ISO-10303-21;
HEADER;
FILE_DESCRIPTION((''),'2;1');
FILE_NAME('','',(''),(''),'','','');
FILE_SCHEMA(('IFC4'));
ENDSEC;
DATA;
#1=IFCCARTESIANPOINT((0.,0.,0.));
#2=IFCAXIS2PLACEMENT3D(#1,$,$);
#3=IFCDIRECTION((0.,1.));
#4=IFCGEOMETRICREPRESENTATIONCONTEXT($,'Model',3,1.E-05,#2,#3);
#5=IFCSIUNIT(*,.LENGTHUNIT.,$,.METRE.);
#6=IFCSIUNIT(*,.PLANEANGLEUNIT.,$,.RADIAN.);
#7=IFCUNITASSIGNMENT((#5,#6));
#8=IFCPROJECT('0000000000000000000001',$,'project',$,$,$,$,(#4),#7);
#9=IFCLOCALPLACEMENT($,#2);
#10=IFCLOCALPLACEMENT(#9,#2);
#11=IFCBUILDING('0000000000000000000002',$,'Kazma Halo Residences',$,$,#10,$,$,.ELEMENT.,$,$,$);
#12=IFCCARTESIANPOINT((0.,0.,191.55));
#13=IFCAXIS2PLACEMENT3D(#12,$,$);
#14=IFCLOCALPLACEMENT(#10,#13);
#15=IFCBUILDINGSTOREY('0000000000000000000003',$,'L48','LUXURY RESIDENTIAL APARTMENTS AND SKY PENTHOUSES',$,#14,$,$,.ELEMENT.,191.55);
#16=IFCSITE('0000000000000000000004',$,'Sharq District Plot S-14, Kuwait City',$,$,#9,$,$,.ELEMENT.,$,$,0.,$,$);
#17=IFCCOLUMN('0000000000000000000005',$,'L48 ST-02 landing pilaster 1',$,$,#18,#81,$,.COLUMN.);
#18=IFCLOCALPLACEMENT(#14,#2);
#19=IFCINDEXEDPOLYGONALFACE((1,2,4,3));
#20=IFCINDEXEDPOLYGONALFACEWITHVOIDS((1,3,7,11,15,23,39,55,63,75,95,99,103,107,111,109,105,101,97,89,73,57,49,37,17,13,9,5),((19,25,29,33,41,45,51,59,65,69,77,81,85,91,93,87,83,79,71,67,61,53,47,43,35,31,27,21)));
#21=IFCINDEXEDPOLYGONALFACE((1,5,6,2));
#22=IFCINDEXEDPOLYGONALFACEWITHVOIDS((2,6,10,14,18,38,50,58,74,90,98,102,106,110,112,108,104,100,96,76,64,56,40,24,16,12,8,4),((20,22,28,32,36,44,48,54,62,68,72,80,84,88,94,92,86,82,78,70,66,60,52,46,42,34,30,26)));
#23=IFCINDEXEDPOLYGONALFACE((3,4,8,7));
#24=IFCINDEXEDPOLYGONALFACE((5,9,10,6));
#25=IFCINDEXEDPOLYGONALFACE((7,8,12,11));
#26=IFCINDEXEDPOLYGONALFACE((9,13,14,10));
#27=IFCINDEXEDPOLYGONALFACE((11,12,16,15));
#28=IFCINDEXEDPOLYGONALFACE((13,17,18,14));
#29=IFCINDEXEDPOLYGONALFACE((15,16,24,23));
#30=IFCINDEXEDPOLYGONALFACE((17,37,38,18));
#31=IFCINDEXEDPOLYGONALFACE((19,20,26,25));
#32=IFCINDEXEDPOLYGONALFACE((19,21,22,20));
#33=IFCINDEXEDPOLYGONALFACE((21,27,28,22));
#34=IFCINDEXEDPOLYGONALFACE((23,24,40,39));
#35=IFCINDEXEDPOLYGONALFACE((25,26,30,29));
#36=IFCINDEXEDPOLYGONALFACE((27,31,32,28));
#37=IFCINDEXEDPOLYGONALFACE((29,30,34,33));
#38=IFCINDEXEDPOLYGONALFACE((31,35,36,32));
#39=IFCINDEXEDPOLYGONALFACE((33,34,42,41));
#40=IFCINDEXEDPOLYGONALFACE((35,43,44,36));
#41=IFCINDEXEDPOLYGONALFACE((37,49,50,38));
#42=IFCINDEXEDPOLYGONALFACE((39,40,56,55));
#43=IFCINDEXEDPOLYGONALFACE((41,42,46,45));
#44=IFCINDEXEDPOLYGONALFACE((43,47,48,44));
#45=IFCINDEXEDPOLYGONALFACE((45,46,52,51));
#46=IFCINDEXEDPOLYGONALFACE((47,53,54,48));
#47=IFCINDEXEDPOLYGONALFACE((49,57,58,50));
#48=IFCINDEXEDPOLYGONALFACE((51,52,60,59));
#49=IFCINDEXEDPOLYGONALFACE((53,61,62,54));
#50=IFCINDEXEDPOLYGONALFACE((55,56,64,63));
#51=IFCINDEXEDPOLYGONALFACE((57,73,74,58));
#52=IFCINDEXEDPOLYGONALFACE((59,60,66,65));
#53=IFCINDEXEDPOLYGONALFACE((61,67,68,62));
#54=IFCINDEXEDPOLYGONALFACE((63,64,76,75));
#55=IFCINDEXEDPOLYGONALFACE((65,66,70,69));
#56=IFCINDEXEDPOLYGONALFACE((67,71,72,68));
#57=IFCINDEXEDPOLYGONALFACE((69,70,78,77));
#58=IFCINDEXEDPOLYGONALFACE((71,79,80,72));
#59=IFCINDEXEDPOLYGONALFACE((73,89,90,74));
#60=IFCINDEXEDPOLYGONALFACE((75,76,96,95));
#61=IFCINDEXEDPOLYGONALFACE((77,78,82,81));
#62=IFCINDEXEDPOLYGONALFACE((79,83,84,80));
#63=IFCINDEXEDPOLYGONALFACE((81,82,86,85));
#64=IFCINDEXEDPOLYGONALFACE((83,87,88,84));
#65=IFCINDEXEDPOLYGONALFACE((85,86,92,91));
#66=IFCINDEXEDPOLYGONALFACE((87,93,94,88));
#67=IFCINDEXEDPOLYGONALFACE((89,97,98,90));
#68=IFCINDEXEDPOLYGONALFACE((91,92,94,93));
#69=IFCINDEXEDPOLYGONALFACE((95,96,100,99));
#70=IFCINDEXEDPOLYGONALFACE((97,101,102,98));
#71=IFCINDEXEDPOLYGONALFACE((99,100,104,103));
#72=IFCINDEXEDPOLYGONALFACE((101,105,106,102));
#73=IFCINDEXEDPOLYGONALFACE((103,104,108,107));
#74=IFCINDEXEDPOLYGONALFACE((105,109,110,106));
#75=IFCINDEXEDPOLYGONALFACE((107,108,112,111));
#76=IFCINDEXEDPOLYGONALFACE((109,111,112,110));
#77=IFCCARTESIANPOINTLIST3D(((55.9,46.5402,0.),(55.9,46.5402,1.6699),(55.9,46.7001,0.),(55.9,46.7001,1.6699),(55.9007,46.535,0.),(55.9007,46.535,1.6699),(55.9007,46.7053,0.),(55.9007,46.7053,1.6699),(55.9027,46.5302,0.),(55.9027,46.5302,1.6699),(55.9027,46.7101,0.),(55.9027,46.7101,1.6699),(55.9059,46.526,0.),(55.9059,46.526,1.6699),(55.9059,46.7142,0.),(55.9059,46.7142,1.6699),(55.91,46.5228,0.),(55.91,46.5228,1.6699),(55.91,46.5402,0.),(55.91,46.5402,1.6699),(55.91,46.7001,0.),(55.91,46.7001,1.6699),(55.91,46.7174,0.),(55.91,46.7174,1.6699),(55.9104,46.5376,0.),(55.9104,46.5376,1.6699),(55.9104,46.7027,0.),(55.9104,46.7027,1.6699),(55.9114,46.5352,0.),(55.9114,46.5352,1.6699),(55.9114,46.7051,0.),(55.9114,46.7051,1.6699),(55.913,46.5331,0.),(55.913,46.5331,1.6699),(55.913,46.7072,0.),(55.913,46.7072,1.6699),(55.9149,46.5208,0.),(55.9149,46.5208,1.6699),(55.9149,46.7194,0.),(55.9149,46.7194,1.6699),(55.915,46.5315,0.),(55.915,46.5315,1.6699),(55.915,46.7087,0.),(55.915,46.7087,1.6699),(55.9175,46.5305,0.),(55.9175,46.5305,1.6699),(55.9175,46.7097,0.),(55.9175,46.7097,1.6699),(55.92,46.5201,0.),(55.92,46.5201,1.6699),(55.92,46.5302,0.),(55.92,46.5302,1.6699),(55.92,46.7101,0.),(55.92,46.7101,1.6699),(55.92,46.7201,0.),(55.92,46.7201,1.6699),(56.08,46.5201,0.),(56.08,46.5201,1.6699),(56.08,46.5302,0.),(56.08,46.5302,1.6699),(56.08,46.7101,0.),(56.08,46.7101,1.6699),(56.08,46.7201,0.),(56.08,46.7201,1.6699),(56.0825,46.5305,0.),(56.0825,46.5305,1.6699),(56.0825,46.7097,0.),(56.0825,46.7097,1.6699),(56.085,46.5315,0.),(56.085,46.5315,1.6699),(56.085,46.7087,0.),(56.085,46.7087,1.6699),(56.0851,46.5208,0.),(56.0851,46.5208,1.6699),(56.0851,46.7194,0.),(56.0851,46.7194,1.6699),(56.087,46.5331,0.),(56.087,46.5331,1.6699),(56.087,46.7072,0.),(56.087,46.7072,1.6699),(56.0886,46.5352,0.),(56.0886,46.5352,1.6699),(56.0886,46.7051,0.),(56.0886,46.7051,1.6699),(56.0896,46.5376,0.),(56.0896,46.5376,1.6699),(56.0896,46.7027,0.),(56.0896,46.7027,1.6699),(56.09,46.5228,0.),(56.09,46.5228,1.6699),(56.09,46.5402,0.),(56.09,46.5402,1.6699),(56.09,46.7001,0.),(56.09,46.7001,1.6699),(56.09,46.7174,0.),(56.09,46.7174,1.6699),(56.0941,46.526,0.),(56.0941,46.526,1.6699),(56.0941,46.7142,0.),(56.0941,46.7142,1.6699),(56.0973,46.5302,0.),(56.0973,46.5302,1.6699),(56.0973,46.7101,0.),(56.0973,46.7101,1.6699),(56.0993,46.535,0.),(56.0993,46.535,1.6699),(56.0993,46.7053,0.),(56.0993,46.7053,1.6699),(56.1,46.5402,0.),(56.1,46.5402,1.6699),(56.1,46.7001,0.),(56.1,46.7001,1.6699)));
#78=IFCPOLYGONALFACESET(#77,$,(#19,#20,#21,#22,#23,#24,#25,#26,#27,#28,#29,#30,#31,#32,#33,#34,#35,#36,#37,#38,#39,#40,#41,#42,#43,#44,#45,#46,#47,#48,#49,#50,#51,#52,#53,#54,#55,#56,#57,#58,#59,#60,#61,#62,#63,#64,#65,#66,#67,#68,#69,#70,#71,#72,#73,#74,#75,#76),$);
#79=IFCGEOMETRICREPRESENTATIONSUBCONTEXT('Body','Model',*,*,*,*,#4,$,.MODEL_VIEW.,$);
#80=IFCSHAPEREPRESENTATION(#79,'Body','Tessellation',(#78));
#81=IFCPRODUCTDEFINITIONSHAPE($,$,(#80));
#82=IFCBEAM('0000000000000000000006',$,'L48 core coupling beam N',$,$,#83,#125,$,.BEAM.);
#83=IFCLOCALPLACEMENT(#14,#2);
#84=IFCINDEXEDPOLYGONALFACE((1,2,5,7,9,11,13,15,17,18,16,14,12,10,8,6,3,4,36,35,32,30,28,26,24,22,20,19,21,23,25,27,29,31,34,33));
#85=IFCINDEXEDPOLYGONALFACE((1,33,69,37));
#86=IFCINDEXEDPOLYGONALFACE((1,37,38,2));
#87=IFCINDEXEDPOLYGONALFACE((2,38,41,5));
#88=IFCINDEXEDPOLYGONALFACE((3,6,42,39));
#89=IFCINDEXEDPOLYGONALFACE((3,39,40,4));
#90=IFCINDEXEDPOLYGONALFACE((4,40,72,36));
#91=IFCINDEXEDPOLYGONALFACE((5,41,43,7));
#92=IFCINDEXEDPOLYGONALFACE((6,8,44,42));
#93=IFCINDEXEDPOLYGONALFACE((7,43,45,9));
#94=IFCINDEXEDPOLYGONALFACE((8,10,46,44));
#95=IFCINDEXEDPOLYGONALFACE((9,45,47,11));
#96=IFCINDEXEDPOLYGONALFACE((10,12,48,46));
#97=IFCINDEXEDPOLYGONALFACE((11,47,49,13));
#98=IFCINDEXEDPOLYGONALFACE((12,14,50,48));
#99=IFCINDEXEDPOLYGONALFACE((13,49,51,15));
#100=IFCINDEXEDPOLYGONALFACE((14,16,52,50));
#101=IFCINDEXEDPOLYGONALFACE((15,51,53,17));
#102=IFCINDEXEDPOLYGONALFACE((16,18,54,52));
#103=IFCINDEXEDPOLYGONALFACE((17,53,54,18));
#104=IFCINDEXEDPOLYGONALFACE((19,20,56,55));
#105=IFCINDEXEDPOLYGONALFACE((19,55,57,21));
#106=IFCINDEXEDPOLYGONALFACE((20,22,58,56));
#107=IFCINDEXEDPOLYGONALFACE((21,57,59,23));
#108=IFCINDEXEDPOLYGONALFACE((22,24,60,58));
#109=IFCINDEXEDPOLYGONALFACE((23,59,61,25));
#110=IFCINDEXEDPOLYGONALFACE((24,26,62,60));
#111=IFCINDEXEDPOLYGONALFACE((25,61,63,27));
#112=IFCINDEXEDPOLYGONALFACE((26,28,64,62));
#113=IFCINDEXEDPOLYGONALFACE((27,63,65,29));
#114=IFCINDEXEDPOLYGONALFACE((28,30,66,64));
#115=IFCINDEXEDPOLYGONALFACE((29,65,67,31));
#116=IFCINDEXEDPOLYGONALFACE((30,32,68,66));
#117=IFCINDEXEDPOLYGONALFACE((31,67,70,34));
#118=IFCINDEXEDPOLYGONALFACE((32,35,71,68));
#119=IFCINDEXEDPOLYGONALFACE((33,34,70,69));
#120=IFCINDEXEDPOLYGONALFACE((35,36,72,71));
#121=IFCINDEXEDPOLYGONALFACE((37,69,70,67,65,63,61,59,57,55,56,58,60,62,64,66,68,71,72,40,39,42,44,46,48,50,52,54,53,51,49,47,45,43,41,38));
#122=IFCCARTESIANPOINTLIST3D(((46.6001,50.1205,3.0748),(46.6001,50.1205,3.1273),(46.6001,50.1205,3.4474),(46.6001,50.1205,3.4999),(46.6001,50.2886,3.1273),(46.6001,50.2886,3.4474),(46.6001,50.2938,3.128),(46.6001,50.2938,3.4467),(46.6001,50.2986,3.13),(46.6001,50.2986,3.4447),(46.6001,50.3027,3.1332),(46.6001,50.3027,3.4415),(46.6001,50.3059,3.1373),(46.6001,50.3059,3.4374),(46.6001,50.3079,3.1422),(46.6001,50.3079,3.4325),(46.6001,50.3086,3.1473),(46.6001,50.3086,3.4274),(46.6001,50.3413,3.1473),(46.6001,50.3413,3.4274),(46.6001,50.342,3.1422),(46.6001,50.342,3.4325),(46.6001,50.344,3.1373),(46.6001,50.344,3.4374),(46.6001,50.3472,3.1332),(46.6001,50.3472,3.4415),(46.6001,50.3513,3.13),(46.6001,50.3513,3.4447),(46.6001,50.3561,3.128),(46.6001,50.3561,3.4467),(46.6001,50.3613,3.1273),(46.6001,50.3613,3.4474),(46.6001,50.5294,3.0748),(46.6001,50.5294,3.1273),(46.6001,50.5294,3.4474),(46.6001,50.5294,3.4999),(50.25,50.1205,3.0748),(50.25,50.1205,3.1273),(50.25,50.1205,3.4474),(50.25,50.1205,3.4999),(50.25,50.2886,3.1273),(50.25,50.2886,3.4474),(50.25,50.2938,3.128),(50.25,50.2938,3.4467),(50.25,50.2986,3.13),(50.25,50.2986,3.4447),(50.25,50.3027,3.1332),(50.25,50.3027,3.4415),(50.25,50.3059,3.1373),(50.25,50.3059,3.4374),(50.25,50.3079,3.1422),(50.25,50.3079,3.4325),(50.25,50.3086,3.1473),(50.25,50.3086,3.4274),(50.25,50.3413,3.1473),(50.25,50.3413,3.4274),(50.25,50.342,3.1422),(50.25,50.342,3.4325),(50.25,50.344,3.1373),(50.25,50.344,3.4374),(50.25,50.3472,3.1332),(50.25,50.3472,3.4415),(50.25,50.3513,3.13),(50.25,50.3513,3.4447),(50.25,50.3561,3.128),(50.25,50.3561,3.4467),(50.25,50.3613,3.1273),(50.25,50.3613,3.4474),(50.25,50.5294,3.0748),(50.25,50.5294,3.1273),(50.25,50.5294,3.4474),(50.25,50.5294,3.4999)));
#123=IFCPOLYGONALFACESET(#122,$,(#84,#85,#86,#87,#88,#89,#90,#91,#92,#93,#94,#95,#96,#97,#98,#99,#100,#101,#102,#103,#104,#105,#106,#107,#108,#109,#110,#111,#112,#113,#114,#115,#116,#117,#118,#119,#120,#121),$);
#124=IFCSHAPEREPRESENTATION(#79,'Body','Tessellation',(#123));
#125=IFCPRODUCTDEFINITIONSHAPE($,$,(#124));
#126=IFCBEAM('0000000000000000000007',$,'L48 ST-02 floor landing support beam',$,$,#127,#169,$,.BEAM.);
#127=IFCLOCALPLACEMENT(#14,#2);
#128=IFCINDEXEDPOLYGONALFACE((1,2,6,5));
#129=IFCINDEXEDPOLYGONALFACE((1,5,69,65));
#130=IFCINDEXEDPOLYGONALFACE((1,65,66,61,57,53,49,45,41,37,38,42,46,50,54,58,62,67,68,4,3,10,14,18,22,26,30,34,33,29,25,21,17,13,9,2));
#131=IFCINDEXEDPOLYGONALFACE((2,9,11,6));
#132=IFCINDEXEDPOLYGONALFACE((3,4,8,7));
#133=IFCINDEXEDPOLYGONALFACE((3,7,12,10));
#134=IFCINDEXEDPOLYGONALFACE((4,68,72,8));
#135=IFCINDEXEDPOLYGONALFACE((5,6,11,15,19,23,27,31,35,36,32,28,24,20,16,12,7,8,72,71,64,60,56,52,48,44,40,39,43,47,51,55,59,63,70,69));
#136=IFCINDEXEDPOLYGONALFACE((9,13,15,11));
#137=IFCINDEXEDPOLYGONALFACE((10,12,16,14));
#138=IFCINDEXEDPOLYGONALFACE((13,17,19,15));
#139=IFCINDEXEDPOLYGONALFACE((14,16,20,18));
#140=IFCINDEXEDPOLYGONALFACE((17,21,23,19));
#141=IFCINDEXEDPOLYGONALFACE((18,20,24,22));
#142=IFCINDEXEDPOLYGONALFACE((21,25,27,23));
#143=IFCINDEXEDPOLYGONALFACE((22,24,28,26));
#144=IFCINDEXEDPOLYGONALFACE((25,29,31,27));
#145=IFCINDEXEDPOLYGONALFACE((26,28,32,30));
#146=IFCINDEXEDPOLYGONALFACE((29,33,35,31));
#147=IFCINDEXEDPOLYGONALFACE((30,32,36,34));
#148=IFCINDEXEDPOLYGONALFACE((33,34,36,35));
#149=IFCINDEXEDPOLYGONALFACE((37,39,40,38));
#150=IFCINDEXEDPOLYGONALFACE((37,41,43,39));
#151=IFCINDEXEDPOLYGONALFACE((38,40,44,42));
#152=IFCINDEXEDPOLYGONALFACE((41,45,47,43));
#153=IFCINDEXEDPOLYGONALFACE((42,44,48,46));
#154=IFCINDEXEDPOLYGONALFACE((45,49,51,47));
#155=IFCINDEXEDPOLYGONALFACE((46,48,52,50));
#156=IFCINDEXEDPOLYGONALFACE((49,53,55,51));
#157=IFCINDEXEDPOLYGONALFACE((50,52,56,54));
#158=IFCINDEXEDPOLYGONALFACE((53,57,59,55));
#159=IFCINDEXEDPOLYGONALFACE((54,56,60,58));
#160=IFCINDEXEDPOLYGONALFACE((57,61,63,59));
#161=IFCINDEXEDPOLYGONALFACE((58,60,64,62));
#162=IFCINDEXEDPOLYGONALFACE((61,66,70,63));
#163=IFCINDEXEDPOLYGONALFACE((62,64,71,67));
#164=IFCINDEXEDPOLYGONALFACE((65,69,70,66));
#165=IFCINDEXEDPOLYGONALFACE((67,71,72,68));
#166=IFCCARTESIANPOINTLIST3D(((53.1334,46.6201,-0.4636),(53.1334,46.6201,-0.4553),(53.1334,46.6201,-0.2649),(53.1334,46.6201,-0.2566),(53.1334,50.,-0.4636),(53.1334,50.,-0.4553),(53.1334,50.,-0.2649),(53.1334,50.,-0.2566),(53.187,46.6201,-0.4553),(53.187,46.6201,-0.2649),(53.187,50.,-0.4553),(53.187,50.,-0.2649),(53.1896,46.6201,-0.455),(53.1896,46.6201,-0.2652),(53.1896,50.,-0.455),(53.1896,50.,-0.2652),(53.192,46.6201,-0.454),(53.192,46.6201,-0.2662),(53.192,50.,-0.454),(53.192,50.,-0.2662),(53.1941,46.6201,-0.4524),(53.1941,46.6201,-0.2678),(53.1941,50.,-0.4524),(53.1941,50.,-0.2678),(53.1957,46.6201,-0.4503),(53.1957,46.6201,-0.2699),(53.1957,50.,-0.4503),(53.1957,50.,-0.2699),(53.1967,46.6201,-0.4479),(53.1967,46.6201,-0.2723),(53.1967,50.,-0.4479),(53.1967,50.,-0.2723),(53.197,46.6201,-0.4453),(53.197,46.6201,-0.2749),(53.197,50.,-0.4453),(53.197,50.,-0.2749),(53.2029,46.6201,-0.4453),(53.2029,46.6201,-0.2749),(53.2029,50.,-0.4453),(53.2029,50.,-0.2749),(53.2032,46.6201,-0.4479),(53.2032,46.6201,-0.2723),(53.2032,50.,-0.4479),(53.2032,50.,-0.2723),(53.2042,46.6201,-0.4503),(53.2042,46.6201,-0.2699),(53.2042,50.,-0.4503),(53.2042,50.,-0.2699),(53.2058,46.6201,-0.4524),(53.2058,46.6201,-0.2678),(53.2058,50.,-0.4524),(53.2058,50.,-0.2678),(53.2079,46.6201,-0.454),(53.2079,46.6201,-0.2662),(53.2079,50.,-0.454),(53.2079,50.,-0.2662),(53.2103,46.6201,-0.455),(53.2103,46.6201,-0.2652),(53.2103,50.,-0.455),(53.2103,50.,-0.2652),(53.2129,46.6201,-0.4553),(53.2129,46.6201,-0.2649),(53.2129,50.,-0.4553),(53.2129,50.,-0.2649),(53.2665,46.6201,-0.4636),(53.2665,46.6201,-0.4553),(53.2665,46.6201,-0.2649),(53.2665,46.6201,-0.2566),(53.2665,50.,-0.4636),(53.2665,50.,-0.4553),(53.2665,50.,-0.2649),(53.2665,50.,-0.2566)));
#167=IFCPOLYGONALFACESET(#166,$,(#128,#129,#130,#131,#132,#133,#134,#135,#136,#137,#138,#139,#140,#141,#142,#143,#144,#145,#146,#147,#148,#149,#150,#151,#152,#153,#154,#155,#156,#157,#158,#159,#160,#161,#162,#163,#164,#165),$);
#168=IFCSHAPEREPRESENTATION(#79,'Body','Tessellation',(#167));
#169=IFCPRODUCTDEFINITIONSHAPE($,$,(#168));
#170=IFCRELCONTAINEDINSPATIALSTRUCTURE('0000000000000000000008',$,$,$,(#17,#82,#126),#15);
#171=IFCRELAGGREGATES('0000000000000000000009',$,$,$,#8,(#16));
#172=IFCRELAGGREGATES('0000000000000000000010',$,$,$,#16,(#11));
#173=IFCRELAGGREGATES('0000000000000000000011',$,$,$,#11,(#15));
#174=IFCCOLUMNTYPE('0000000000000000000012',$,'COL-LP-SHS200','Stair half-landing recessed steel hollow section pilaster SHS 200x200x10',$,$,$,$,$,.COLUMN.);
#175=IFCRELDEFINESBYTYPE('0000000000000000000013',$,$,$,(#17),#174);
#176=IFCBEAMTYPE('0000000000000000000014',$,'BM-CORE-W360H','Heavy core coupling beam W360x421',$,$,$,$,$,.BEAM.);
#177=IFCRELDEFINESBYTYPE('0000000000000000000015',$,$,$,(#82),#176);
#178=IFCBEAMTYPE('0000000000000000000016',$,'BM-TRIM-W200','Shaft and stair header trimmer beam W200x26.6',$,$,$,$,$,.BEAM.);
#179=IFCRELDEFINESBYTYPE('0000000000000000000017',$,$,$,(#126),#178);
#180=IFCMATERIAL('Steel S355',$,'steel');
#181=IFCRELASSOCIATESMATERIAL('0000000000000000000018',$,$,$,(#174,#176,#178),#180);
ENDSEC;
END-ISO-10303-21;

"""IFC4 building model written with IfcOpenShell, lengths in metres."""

from ifc_helpers import new_model, si_unit, direction, frame, origin, origin_2d, place, context, subcontext, project, spatial, hollow_rectangle, i_section, extrude, material, material_profile, profile_set, type_object, element, save


model = new_model("IFC4")

# Units and contexts
model_context = context("Model", 3, precision=1e-05, world=origin(), true_north=direction((0.0, 1.0)))
body_context = subcontext(model_context, "Body", "Model", "MODEL_VIEW")
ifc_project = project(units=[si_unit("LENGTHUNIT", "METRE"), si_unit("PLANEANGLEUNIT", "RADIAN")], contexts=[model_context])

# Site, building, storey
site_placement = place(None, origin())
site = spatial("IfcSite", under=ifc_project, at=site_placement, Name="Sharq District Plot S-14, Kuwait City", CompositionType="ELEMENT", RefElevation=0.0)
building_placement = place(site_placement, origin())
building = spatial("IfcBuilding", under=site, at=building_placement, Name="Kazma Halo Residences", CompositionType="ELEMENT")
storey_placement = place(building_placement, frame((0.0, 0.0, 191.55)))
storey = spatial("IfcBuildingStorey", under=building, at=storey_placement, Name="L48", Description="LUXURY RESIDENTIAL APARTMENTS AND SKY PENTHOUSES", CompositionType="ELEMENT", Elevation=191.55)

# Column
ifc_material_1 = material(Name="Steel S355", Category="steel")
ifc_material_profile_1 = material_profile(ifc_material_1, hollow_rectangle(XDim=0.2, YDim=0.2, WallThickness=0.01, InnerFilletRadius=0.01, OuterFilletRadius=0.02, at=origin_2d()), Name="SHS200x200x10")
ifc_profile_set_1 = profile_set([ifc_material_profile_1], Name="Steel S355")
column_type = type_object("IfcColumnType", Name="COL-LP-SHS200", Description="Stair half-landing recessed steel hollow section pilaster SHS 200x200x10", PredefinedType="COLUMN", material=ifc_profile_set_1)
column_placement = place(storey_placement, frame((56.0, 46.6201, 0.0), z_axis=(0.0, 0.0, 1.0), x_axis=(1.0, 0.0, 0.0)))
element("IfcColumn", 1, at=column_placement, inside=storey, type_object=column_type, Name="L48 ST-02 landing pilaster 1", PredefinedType="COLUMN", context=body_context, shape_type="SweptSolid", body=[
    extrude(hollow_rectangle(XDim=0.2, YDim=0.2, WallThickness=0.01, InnerFilletRadius=0.01, OuterFilletRadius=0.02, at=origin_2d()), origin(), (0.0, 0.0, 1.0), 1.6699),
])

# Beams
ifc_material_profile_2 = material_profile(ifc_material_1, i_section(OverallWidth=0.4089, OverallDepth=0.425, WebThickness=0.0327, FlangeThickness=0.0525, FilletRadius=0.02, at=origin_2d()), Name="W360x421")
ifc_profile_set_2 = profile_set([ifc_material_profile_2], Name="Steel S355")
beam_type_1 = type_object("IfcBeamType", Name="BM-CORE-W360H", Description="Heavy core coupling beam W360x421", PredefinedType="BEAM", material=ifc_profile_set_2)
beam_1_placement = place(storey_placement, frame((46.6001, 50.325, 3.2874), z_axis=(1.0, 0.0, 0.0), x_axis=(0.0, 1.0, 0.0)))
element("IfcBeam", 2, at=beam_1_placement, inside=storey, type_object=beam_type_1, Name="L48 core coupling beam N", PredefinedType="BEAM", context=body_context, shape_type="SweptSolid", body=[
    extrude(i_section(OverallWidth=0.4089, OverallDepth=0.425, WebThickness=0.0327, FlangeThickness=0.0525, FilletRadius=0.02, at=origin_2d()), origin(), (0.0, 0.0, 1.0), 3.6499),
])
ifc_material_profile_3 = material_profile(ifc_material_1, i_section(OverallWidth=0.1331, OverallDepth=0.207, WebThickness=0.0059, FlangeThickness=0.0083, FilletRadius=0.01, at=origin_2d()), Name="W200x26.6")
ifc_profile_set_3 = profile_set([ifc_material_profile_3], Name="Steel S355")
beam_type_2 = type_object("IfcBeamType", Name="BM-TRIM-W200", Description="Shaft and stair header trimmer beam W200x26.6", PredefinedType="BEAM", material=ifc_profile_set_3)
beam_2_placement = place(storey_placement, frame((53.2, 46.6201, -0.3601), z_axis=(0.0, 1.0, 0.0), x_axis=(-1.0, 0.0, 0.0)))
element("IfcBeam", 3, at=beam_2_placement, inside=storey, type_object=beam_type_2, Name="L48 ST-02 floor landing support beam", PredefinedType="BEAM", context=body_context, shape_type="SweptSolid", body=[
    extrude(i_section(OverallWidth=0.1331, OverallDepth=0.207, WebThickness=0.0059, FlangeThickness=0.0083, FilletRadius=0.01, at=origin_2d()), origin(), (0.0, 0.0, 1.0), 3.3799),
])

save(model, "model.ifc")
